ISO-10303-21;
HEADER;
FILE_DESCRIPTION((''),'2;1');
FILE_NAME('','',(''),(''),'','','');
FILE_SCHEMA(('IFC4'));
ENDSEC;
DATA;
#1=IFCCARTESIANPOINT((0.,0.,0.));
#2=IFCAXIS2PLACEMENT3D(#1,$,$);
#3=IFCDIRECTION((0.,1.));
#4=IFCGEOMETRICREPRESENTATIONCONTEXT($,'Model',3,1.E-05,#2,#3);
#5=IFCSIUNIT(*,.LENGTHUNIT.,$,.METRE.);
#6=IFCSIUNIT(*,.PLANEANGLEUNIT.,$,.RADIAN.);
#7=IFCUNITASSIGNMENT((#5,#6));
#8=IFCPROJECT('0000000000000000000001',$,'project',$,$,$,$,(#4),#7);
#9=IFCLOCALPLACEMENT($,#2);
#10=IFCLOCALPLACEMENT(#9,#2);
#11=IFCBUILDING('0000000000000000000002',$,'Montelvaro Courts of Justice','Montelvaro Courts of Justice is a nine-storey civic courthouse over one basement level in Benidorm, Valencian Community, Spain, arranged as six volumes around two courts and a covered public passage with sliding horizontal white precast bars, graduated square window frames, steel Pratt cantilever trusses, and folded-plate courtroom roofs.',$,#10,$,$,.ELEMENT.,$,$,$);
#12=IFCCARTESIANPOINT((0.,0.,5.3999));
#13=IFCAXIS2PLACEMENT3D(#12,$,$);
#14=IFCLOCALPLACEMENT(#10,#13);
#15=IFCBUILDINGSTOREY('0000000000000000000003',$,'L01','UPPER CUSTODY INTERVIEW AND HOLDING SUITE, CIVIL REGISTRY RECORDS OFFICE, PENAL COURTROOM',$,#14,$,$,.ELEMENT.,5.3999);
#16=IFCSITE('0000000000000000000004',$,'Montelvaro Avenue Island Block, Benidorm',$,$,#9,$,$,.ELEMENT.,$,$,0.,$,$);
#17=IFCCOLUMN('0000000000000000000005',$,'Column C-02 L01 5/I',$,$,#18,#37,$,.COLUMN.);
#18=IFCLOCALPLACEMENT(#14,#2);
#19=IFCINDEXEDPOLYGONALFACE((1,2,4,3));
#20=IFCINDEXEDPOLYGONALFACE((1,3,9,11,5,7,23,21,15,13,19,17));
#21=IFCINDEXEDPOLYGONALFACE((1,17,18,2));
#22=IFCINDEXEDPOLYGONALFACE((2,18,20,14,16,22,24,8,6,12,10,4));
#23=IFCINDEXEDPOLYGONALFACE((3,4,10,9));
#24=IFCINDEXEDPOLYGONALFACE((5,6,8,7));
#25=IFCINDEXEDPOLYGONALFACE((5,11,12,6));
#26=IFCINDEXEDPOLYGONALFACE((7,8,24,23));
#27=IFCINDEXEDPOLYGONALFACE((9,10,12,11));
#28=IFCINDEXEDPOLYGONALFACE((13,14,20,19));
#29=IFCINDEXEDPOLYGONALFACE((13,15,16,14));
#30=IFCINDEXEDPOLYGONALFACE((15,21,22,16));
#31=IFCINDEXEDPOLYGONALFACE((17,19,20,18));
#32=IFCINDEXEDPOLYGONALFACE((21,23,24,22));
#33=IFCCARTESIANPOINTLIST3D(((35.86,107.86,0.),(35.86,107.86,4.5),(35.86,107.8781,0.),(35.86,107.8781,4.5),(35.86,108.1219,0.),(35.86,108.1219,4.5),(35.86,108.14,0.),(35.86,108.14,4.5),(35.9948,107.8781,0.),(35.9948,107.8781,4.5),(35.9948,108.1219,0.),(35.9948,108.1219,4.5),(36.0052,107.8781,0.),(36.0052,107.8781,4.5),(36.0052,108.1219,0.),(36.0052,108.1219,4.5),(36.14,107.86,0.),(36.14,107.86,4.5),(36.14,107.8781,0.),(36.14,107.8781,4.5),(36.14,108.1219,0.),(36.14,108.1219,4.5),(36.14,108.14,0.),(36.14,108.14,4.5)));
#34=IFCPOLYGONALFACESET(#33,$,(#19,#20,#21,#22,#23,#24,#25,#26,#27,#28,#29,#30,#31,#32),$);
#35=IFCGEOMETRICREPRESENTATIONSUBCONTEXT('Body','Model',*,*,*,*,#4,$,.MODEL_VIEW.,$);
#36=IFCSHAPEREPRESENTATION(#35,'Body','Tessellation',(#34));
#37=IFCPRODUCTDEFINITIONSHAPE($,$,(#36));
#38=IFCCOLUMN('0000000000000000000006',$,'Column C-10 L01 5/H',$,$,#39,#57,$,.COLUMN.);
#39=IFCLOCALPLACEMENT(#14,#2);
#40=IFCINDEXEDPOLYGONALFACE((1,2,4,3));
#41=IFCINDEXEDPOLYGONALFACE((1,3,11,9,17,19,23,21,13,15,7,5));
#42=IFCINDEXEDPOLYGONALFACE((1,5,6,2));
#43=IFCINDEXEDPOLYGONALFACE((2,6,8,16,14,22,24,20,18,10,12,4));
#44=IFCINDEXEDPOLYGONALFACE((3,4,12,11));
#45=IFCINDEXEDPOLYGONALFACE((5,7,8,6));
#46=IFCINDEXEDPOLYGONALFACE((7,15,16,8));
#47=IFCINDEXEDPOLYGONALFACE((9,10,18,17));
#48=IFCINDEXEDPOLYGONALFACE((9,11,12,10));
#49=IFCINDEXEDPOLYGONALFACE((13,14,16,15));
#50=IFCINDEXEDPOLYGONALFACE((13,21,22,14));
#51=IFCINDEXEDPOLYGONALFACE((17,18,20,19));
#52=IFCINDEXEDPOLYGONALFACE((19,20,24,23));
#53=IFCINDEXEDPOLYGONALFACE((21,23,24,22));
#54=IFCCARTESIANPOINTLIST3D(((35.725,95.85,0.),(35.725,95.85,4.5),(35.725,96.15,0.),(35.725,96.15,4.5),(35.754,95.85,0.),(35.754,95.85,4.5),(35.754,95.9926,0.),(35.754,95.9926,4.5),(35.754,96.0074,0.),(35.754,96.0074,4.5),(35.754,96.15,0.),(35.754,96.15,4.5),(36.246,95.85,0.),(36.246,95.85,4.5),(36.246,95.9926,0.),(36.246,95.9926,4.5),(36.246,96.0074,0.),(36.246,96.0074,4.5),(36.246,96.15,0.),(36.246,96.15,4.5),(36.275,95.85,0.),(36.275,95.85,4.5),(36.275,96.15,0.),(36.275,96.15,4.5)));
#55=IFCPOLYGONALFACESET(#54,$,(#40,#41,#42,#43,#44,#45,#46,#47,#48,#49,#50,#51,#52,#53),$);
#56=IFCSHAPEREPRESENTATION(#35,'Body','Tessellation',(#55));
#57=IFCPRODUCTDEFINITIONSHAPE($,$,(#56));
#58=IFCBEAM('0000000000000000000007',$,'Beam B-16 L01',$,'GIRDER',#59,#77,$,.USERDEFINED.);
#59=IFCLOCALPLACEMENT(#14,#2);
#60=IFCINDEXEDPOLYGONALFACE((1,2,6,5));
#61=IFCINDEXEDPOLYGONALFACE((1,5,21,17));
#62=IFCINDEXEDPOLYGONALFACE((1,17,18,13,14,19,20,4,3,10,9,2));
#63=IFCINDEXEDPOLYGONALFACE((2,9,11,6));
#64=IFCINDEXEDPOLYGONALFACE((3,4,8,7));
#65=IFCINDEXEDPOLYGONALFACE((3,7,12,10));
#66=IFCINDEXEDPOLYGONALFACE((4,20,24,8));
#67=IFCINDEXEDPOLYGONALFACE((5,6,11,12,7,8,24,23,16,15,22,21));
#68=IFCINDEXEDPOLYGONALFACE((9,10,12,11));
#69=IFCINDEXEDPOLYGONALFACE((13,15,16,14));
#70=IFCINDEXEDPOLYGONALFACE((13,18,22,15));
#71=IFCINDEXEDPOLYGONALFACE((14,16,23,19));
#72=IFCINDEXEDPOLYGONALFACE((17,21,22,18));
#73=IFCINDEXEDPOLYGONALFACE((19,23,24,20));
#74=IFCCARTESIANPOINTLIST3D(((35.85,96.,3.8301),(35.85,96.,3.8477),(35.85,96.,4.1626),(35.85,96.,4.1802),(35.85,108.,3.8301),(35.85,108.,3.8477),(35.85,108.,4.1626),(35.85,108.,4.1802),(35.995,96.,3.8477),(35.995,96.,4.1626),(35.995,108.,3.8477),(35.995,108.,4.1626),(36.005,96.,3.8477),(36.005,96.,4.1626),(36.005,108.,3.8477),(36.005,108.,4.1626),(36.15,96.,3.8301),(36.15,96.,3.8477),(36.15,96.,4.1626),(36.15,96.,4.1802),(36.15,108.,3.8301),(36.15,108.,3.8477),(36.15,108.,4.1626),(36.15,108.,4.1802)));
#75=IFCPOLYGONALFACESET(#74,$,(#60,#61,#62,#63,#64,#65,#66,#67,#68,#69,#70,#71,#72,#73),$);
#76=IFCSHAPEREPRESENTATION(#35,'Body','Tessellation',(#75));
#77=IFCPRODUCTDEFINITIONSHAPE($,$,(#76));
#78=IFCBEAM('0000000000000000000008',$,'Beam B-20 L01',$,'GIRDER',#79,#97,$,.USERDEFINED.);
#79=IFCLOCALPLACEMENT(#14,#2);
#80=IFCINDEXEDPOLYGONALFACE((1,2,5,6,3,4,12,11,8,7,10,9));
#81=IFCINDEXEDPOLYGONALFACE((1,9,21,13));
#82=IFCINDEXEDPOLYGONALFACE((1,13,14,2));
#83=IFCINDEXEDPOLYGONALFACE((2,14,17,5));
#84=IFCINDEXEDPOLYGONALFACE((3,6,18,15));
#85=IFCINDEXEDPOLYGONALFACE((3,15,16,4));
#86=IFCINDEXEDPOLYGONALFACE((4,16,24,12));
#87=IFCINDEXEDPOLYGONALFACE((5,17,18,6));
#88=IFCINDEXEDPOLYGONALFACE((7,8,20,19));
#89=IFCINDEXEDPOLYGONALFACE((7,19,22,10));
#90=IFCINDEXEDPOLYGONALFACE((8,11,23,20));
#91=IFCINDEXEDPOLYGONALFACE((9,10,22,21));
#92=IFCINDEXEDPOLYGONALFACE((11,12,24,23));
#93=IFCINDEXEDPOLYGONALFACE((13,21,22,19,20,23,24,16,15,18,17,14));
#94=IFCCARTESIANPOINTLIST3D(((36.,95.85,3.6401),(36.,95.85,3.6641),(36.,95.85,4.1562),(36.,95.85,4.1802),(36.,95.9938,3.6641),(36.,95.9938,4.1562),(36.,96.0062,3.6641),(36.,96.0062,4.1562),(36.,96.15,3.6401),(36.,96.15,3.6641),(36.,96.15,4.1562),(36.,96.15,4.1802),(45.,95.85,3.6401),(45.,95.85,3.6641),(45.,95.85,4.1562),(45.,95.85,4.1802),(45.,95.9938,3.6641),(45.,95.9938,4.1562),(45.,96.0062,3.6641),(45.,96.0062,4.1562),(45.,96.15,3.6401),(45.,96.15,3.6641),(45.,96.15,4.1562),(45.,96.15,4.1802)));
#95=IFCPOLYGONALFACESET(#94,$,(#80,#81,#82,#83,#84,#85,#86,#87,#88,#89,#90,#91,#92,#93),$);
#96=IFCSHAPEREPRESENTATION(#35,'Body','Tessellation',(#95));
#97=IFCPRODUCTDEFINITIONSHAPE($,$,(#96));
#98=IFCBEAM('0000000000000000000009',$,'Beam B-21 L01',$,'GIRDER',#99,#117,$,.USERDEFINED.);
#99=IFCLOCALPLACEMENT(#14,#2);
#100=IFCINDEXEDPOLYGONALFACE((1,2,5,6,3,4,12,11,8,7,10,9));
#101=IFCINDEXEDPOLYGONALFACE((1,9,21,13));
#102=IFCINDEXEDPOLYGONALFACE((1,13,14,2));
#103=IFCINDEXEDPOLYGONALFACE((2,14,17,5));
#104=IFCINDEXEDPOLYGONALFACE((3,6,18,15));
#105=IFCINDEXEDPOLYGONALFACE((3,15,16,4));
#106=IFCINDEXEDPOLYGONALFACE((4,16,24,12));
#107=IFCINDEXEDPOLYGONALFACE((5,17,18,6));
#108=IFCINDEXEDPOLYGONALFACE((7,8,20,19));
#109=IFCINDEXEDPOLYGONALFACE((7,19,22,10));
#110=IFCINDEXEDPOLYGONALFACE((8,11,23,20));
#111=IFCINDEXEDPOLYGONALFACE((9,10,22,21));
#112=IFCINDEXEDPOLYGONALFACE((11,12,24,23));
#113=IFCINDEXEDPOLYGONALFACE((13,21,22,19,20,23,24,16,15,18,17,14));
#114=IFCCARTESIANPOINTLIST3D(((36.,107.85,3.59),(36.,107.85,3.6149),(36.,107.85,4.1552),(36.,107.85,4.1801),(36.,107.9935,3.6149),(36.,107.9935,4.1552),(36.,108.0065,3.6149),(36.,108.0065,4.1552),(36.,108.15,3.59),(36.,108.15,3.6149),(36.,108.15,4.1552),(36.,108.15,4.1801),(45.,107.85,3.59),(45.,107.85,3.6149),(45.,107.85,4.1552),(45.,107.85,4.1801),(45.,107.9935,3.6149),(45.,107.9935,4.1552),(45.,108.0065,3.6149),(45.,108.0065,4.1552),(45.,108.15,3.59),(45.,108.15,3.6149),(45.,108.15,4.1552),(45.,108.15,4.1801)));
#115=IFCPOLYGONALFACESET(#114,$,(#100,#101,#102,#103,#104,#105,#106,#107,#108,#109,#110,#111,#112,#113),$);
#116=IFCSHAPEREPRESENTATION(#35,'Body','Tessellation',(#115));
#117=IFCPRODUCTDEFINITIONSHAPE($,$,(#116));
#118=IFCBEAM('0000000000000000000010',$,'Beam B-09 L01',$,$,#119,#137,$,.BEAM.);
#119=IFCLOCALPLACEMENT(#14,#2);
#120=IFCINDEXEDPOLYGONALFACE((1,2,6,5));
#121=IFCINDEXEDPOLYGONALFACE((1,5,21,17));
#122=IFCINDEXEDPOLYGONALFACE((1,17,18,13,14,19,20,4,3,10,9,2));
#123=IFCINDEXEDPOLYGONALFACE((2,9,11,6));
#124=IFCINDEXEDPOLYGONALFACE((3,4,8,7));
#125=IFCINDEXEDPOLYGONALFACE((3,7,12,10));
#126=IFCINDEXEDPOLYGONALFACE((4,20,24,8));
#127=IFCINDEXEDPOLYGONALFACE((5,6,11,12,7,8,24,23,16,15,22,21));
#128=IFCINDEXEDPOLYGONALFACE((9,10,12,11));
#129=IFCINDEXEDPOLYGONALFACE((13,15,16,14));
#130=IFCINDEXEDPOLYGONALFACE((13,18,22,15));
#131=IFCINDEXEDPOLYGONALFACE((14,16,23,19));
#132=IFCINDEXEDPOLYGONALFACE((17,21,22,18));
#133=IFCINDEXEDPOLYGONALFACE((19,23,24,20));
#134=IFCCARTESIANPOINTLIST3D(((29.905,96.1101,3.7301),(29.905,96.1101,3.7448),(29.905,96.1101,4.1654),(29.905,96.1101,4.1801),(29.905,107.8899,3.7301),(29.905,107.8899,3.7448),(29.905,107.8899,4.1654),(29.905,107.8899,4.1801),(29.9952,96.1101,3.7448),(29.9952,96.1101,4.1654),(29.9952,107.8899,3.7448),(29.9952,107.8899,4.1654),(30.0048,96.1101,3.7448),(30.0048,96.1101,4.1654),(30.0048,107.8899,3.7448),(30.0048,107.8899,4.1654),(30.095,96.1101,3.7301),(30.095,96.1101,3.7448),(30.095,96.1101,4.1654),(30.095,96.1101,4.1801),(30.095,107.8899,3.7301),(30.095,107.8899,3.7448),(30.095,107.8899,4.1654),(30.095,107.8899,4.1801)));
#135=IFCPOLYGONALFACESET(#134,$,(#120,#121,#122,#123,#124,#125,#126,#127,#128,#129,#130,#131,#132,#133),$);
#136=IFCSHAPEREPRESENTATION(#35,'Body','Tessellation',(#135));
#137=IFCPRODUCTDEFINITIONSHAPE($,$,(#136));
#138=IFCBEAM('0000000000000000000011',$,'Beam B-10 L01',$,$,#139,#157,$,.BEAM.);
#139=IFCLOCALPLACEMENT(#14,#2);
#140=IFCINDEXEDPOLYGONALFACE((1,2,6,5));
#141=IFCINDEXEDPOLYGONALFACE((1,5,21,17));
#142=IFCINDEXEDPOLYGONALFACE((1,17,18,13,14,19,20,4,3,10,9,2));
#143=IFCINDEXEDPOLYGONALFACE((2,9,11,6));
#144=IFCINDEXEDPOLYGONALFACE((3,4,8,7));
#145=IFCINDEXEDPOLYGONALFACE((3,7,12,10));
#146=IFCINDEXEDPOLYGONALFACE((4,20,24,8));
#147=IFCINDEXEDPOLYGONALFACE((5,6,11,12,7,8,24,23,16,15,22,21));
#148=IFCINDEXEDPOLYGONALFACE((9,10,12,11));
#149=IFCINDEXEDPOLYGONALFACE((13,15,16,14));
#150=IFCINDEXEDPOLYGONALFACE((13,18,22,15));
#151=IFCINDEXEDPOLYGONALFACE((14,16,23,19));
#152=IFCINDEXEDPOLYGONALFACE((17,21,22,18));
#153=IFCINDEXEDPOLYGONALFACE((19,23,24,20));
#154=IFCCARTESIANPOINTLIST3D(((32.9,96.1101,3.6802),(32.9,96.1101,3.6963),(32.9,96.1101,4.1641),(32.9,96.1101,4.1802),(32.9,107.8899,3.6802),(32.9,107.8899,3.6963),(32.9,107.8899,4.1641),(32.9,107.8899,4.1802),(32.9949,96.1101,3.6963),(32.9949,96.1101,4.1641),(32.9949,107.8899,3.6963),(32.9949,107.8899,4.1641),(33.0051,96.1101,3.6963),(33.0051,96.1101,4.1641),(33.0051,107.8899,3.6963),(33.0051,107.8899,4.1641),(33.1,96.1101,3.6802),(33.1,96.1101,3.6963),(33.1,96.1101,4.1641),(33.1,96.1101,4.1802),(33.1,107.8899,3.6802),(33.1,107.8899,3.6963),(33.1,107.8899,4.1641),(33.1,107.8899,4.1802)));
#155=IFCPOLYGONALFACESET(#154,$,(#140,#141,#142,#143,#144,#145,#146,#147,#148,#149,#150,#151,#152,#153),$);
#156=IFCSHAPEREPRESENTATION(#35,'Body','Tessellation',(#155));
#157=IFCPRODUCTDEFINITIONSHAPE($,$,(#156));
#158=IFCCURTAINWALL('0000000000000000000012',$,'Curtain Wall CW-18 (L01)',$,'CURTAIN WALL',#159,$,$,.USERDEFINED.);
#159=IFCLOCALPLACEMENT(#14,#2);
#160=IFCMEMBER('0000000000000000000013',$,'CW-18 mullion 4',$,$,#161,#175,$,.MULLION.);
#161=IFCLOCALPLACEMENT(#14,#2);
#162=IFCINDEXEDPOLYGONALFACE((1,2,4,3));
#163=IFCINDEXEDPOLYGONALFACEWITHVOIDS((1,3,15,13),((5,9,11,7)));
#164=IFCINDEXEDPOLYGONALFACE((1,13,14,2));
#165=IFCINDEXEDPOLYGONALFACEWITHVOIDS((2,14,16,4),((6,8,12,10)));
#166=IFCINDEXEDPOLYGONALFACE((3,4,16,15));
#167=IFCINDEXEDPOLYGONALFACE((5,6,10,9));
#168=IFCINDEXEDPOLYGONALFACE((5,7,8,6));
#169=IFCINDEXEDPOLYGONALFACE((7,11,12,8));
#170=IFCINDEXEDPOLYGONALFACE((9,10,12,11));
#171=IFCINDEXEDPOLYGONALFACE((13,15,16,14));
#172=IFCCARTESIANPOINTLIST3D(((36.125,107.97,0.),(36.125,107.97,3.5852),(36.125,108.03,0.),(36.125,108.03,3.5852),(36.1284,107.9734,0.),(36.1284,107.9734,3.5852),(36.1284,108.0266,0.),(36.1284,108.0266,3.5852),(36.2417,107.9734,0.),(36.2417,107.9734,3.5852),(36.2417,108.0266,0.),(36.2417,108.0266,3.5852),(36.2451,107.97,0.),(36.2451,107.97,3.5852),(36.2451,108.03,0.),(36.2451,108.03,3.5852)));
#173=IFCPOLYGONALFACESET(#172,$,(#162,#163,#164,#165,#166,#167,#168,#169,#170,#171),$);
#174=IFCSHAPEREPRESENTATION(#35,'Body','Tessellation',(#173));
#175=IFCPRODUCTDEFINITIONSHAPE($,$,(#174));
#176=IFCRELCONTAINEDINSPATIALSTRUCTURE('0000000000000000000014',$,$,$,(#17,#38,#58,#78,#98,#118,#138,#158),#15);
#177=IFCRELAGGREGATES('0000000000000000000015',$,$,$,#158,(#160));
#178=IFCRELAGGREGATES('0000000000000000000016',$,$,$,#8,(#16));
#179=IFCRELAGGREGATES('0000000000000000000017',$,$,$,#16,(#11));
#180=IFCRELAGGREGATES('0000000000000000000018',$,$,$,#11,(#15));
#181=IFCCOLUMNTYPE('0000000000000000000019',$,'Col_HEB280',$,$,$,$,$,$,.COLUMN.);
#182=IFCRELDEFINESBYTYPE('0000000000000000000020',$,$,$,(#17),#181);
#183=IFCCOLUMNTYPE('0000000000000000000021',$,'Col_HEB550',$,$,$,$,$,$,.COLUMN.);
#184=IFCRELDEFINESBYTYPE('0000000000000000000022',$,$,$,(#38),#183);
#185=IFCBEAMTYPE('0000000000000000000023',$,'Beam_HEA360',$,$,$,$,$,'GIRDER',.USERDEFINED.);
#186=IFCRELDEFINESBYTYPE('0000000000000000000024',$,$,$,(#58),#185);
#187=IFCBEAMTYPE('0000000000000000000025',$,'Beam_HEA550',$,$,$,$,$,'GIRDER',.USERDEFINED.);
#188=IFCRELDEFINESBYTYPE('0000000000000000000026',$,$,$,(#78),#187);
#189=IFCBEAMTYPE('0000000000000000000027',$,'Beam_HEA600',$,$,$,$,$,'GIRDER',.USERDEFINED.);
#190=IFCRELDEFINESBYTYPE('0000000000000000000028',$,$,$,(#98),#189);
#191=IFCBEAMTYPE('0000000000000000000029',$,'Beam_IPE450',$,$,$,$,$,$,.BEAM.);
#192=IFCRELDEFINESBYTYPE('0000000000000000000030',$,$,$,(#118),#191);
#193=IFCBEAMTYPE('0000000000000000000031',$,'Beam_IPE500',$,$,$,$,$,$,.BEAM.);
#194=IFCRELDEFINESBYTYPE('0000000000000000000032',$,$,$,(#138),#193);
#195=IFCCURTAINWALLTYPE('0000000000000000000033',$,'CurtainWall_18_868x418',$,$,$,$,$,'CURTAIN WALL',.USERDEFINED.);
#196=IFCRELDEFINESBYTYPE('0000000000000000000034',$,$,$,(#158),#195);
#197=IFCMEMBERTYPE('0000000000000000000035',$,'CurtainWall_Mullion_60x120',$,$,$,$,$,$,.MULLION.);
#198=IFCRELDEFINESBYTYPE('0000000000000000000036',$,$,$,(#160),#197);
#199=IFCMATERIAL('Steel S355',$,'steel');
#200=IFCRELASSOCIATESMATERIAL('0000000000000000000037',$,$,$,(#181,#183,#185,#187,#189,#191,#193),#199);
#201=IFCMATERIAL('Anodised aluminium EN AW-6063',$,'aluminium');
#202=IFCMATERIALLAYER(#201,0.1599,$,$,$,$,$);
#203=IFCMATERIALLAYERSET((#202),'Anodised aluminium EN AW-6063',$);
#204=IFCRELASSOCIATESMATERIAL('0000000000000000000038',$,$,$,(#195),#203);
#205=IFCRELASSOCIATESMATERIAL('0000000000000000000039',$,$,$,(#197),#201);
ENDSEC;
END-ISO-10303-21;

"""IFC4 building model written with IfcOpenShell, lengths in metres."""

from ifc_helpers import new_model, si_unit, direction, frame, origin, origin_2d, place, context, subcontext, project, spatial, hollow_rectangle, i_section, extrude, material, layer, layer_set, material_profile, profile_set, type_object, element, aggregate, save


model = new_model("IFC4")

# Units and contexts
model_context = context("Model", 3, precision=1e-05, world=origin(), true_north=direction((0.0, 1.0)))
body_context = subcontext(model_context, "Body", "Model", "MODEL_VIEW")
ifc_project = project(units=[si_unit("LENGTHUNIT", "METRE"), si_unit("PLANEANGLEUNIT", "RADIAN")], contexts=[model_context])

# Site, building, storey
site_placement = place(None, origin())
site = spatial("IfcSite", under=ifc_project, at=site_placement, Name="Montelvaro Avenue Island Block, Benidorm", CompositionType="ELEMENT", RefElevation=0.0)
building_placement = place(site_placement, origin())
building = spatial("IfcBuilding", under=site, at=building_placement, Name="Montelvaro Courts of Justice", Description="Montelvaro Courts of Justice is a nine-storey civic courthouse over one basement level in Benidorm, Valencian Community, Spain, arranged as six volumes around two courts and a covered public passage with sliding horizontal white precast bars, graduated square window frames, steel Pratt cantilever trusses, and folded-plate courtroom roofs.", CompositionType="ELEMENT")
storey_placement = place(building_placement, frame((0.0, 0.0, 5.3999)))
storey = spatial("IfcBuildingStorey", under=building, at=storey_placement, Name="L01", Description="UPPER CUSTODY INTERVIEW AND HOLDING SUITE, CIVIL REGISTRY RECORDS OFFICE, PENAL COURTROOM", CompositionType="ELEMENT", Elevation=5.3999)

# Columns
ifc_material_1 = material(Name="Steel S355", Category="steel")
ifc_material_profile_1 = material_profile(ifc_material_1, i_section(OverallWidth=0.28, OverallDepth=0.28, WebThickness=0.0105, FlangeThickness=0.0181, at=origin_2d()), Name="HEB 280")
ifc_profile_set_1 = profile_set([ifc_material_profile_1], Name="Steel S355")
column_type_1 = type_object("IfcColumnType", Name="Col_HEB280", PredefinedType="COLUMN", material=ifc_profile_set_1)
column_1_placement = place(storey_placement, frame((36.0, 108.0, 0.0), z_axis=(0.0, 0.0, 1.0), x_axis=(1.0, 0.0, 0.0)))
element("IfcColumn", 1, at=column_1_placement, inside=storey, type_object=column_type_1, Name="Column C-02 L01 5/I", PredefinedType="COLUMN", context=body_context, shape_type="SweptSolid", body=[
    extrude(i_section(OverallWidth=0.28, OverallDepth=0.28, WebThickness=0.0105, FlangeThickness=0.0181, at=origin_2d()), origin(), (0.0, 0.0, 1.0), 4.5),
])
ifc_material_profile_2 = material_profile(ifc_material_1, i_section(OverallWidth=0.3, OverallDepth=0.55, WebThickness=0.0149, FlangeThickness=0.0291, at=origin_2d()), Name="HEB 550")
ifc_profile_set_2 = profile_set([ifc_material_profile_2], Name="Steel S355")
column_type_2 = type_object("IfcColumnType", Name="Col_HEB550", PredefinedType="COLUMN", material=ifc_profile_set_2)
column_2_placement = place(storey_placement, frame((36.0, 96.0, 0.0), z_axis=(0.0, 0.0, 1.0), x_axis=(0.0, 1.0, 0.0)))
element("IfcColumn", 2, at=column_2_placement, inside=storey, type_object=column_type_2, Name="Column C-10 L01 5/H", PredefinedType="COLUMN", context=body_context, shape_type="SweptSolid", body=[
    extrude(i_section(OverallWidth=0.3, OverallDepth=0.55, WebThickness=0.0149, FlangeThickness=0.0291, at=origin_2d()), origin(), (0.0, 0.0, 1.0), 4.5),
])

# Beams
ifc_material_profile_3 = material_profile(ifc_material_1, i_section(OverallWidth=0.3, OverallDepth=0.3501, WebThickness=0.01, FlangeThickness=0.0176, at=origin_2d()), Name="HEA 360")
ifc_profile_set_3 = profile_set([ifc_material_profile_3], Name="Steel S355")
beam_type_1 = type_object("IfcBeamType", Name="Beam_HEA360", ElementType="GIRDER", PredefinedType="USERDEFINED", material=ifc_profile_set_3)
beam_1_placement = place(storey_placement, frame((36.0, 96.0, 4.0051), z_axis=(0.0, 1.0, 0.0), x_axis=(-1.0, 0.0, 0.0)))
element("IfcBeam", 3, at=beam_1_placement, inside=storey, type_object=beam_type_1, Name="Beam B-16 L01", ObjectType="GIRDER", PredefinedType="USERDEFINED", context=body_context, shape_type="SweptSolid", body=[
    extrude(i_section(OverallWidth=0.3, OverallDepth=0.3501, WebThickness=0.01, FlangeThickness=0.0176, at=origin_2d()), origin(), (0.0, 0.0, 1.0), 12.0),
])
ifc_material_profile_4 = material_profile(ifc_material_1, i_section(OverallWidth=0.3, OverallDepth=0.54, WebThickness=0.0125, FlangeThickness=0.0239, at=origin_2d()), Name="HEA 550")
ifc_profile_set_4 = profile_set([ifc_material_profile_4], Name="Steel S355")
beam_type_2 = type_object("IfcBeamType", Name="Beam_HEA550", ElementType="GIRDER", PredefinedType="USERDEFINED", material=ifc_profile_set_4)
beam_2_placement = place(storey_placement, frame((36.0, 96.0, 3.9102), z_axis=(1.0, 0.0, 0.0), x_axis=(0.0, 1.0, 0.0)))
element("IfcBeam", 4, at=beam_2_placement, inside=storey, type_object=beam_type_2, Name="Beam B-20 L01", ObjectType="GIRDER", PredefinedType="USERDEFINED", context=body_context, shape_type="SweptSolid", body=[
    extrude(i_section(OverallWidth=0.3, OverallDepth=0.54, WebThickness=0.0125, FlangeThickness=0.0239, at=origin_2d()), origin(), (0.0, 0.0, 1.0), 9.0),
])
ifc_material_profile_5 = material_profile(ifc_material_1, i_section(OverallWidth=0.3, OverallDepth=0.5901, WebThickness=0.0129, FlangeThickness=0.0249, at=origin_2d()), Name="HEA 600")
ifc_profile_set_5 = profile_set([ifc_material_profile_5], Name="Steel S355")
beam_type_3 = type_object("IfcBeamType", Name="Beam_HEA600", ElementType="GIRDER", PredefinedType="USERDEFINED", material=ifc_profile_set_5)
beam_3_placement = place(storey_placement, frame((36.0, 108.0, 3.885), z_axis=(1.0, 0.0, 0.0), x_axis=(0.0, 1.0, 0.0)))
element("IfcBeam", 5, at=beam_3_placement, inside=storey, type_object=beam_type_3, Name="Beam B-21 L01", ObjectType="GIRDER", PredefinedType="USERDEFINED", context=body_context, shape_type="SweptSolid", body=[
    extrude(i_section(OverallWidth=0.3, OverallDepth=0.5901, WebThickness=0.0129, FlangeThickness=0.0249, at=origin_2d()), origin(), (0.0, 0.0, 1.0), 9.0),
])
ifc_material_profile_6 = material_profile(ifc_material_1, i_section(OverallWidth=0.1899, OverallDepth=0.45, WebThickness=0.0095, FlangeThickness=0.0146, at=origin_2d()), Name="IPE 450")
ifc_profile_set_6 = profile_set([ifc_material_profile_6], Name="Steel S355")
beam_type_4 = type_object("IfcBeamType", Name="Beam_IPE450", PredefinedType="BEAM", material=ifc_profile_set_6)
beam_4_placement = place(storey_placement, frame((30.0, 96.1101, 3.9551), z_axis=(0.0, 1.0, 0.0), x_axis=(-1.0, 0.0, 0.0)))
element("IfcBeam", 6, at=beam_4_placement, inside=storey, type_object=beam_type_4, Name="Beam B-09 L01", PredefinedType="BEAM", context=body_context, shape_type="SweptSolid", body=[
    extrude(i_section(OverallWidth=0.1899, OverallDepth=0.45, WebThickness=0.0095, FlangeThickness=0.0146, at=origin_2d()), origin(), (0.0, 0.0, 1.0), 11.7798),
])
ifc_material_profile_7 = material_profile(ifc_material_1, i_section(OverallWidth=0.2, OverallDepth=0.5, WebThickness=0.0103, FlangeThickness=0.0161, at=origin_2d()), Name="IPE 500")
ifc_profile_set_7 = profile_set([ifc_material_profile_7], Name="Steel S355")
beam_type_5 = type_object("IfcBeamType", Name="Beam_IPE500", PredefinedType="BEAM", material=ifc_profile_set_7)
beam_5_placement = place(storey_placement, frame((33.0, 96.1101, 3.9302), z_axis=(0.0, 1.0, 0.0), x_axis=(-1.0, 0.0, 0.0)))
element("IfcBeam", 7, at=beam_5_placement, inside=storey, type_object=beam_type_5, Name="Beam B-10 L01", PredefinedType="BEAM", context=body_context, shape_type="SweptSolid", body=[
    extrude(i_section(OverallWidth=0.2, OverallDepth=0.5, WebThickness=0.0103, FlangeThickness=0.0161, at=origin_2d()), origin(), (0.0, 0.0, 1.0), 11.7798),
])

# Curtain wall, member
ifc_material_2 = material(Name="Anodised aluminium EN AW-6063", Category="aluminium")
ifc_layer_1 = layer(ifc_material_2, 0.1599)
ifc_layer_set_1 = layer_set([ifc_layer_1], Name="Anodised aluminium EN AW-6063")
curtain_wall_type = type_object("IfcCurtainWallType", Name="CurtainWall_18_868x418", ElementType="CURTAIN WALL", PredefinedType="USERDEFINED", material=ifc_layer_set_1)
curtain_wall_1_placement = place(storey_placement, origin())
curtain_wall_1 = element("IfcCurtainWall", 8, at=curtain_wall_1_placement, inside=storey, type_object=curtain_wall_type, Name="Curtain Wall CW-18 (L01)", ObjectType="CURTAIN WALL", PredefinedType="USERDEFINED")
ifc_material_profile_8 = material_profile(ifc_material_2, hollow_rectangle(XDim=0.0601, YDim=0.1201, WallThickness=0.0034, at=origin_2d()), Name="ALU-M 60x120")
ifc_profile_set_8 = profile_set([ifc_material_profile_8], Name="Anodised aluminium EN AW-6063")
member_type_1 = type_object("IfcMemberType", Name="CurtainWall_Mullion_60x120", PredefinedType="MULLION", material=ifc_profile_set_8)
member_1_placement = place(storey_placement, frame((36.1851, 108.0, 0.0), z_axis=(0.0, 0.0, 1.0), x_axis=(0.0, -1.0, 0.0)))
member_1 = element("IfcMember", 9, at=member_1_placement, type_object=member_type_1, Name="CW-18 mullion 4", PredefinedType="MULLION", context=body_context, shape_type="SweptSolid", body=[
    extrude(hollow_rectangle(XDim=0.0601, YDim=0.1201, WallThickness=0.0034, at=origin_2d()), origin(), (0.0, 0.0, 1.0), 3.5852),
])
aggregate(curtain_wall_1, [member_1])

save(model, "model.ifc")
